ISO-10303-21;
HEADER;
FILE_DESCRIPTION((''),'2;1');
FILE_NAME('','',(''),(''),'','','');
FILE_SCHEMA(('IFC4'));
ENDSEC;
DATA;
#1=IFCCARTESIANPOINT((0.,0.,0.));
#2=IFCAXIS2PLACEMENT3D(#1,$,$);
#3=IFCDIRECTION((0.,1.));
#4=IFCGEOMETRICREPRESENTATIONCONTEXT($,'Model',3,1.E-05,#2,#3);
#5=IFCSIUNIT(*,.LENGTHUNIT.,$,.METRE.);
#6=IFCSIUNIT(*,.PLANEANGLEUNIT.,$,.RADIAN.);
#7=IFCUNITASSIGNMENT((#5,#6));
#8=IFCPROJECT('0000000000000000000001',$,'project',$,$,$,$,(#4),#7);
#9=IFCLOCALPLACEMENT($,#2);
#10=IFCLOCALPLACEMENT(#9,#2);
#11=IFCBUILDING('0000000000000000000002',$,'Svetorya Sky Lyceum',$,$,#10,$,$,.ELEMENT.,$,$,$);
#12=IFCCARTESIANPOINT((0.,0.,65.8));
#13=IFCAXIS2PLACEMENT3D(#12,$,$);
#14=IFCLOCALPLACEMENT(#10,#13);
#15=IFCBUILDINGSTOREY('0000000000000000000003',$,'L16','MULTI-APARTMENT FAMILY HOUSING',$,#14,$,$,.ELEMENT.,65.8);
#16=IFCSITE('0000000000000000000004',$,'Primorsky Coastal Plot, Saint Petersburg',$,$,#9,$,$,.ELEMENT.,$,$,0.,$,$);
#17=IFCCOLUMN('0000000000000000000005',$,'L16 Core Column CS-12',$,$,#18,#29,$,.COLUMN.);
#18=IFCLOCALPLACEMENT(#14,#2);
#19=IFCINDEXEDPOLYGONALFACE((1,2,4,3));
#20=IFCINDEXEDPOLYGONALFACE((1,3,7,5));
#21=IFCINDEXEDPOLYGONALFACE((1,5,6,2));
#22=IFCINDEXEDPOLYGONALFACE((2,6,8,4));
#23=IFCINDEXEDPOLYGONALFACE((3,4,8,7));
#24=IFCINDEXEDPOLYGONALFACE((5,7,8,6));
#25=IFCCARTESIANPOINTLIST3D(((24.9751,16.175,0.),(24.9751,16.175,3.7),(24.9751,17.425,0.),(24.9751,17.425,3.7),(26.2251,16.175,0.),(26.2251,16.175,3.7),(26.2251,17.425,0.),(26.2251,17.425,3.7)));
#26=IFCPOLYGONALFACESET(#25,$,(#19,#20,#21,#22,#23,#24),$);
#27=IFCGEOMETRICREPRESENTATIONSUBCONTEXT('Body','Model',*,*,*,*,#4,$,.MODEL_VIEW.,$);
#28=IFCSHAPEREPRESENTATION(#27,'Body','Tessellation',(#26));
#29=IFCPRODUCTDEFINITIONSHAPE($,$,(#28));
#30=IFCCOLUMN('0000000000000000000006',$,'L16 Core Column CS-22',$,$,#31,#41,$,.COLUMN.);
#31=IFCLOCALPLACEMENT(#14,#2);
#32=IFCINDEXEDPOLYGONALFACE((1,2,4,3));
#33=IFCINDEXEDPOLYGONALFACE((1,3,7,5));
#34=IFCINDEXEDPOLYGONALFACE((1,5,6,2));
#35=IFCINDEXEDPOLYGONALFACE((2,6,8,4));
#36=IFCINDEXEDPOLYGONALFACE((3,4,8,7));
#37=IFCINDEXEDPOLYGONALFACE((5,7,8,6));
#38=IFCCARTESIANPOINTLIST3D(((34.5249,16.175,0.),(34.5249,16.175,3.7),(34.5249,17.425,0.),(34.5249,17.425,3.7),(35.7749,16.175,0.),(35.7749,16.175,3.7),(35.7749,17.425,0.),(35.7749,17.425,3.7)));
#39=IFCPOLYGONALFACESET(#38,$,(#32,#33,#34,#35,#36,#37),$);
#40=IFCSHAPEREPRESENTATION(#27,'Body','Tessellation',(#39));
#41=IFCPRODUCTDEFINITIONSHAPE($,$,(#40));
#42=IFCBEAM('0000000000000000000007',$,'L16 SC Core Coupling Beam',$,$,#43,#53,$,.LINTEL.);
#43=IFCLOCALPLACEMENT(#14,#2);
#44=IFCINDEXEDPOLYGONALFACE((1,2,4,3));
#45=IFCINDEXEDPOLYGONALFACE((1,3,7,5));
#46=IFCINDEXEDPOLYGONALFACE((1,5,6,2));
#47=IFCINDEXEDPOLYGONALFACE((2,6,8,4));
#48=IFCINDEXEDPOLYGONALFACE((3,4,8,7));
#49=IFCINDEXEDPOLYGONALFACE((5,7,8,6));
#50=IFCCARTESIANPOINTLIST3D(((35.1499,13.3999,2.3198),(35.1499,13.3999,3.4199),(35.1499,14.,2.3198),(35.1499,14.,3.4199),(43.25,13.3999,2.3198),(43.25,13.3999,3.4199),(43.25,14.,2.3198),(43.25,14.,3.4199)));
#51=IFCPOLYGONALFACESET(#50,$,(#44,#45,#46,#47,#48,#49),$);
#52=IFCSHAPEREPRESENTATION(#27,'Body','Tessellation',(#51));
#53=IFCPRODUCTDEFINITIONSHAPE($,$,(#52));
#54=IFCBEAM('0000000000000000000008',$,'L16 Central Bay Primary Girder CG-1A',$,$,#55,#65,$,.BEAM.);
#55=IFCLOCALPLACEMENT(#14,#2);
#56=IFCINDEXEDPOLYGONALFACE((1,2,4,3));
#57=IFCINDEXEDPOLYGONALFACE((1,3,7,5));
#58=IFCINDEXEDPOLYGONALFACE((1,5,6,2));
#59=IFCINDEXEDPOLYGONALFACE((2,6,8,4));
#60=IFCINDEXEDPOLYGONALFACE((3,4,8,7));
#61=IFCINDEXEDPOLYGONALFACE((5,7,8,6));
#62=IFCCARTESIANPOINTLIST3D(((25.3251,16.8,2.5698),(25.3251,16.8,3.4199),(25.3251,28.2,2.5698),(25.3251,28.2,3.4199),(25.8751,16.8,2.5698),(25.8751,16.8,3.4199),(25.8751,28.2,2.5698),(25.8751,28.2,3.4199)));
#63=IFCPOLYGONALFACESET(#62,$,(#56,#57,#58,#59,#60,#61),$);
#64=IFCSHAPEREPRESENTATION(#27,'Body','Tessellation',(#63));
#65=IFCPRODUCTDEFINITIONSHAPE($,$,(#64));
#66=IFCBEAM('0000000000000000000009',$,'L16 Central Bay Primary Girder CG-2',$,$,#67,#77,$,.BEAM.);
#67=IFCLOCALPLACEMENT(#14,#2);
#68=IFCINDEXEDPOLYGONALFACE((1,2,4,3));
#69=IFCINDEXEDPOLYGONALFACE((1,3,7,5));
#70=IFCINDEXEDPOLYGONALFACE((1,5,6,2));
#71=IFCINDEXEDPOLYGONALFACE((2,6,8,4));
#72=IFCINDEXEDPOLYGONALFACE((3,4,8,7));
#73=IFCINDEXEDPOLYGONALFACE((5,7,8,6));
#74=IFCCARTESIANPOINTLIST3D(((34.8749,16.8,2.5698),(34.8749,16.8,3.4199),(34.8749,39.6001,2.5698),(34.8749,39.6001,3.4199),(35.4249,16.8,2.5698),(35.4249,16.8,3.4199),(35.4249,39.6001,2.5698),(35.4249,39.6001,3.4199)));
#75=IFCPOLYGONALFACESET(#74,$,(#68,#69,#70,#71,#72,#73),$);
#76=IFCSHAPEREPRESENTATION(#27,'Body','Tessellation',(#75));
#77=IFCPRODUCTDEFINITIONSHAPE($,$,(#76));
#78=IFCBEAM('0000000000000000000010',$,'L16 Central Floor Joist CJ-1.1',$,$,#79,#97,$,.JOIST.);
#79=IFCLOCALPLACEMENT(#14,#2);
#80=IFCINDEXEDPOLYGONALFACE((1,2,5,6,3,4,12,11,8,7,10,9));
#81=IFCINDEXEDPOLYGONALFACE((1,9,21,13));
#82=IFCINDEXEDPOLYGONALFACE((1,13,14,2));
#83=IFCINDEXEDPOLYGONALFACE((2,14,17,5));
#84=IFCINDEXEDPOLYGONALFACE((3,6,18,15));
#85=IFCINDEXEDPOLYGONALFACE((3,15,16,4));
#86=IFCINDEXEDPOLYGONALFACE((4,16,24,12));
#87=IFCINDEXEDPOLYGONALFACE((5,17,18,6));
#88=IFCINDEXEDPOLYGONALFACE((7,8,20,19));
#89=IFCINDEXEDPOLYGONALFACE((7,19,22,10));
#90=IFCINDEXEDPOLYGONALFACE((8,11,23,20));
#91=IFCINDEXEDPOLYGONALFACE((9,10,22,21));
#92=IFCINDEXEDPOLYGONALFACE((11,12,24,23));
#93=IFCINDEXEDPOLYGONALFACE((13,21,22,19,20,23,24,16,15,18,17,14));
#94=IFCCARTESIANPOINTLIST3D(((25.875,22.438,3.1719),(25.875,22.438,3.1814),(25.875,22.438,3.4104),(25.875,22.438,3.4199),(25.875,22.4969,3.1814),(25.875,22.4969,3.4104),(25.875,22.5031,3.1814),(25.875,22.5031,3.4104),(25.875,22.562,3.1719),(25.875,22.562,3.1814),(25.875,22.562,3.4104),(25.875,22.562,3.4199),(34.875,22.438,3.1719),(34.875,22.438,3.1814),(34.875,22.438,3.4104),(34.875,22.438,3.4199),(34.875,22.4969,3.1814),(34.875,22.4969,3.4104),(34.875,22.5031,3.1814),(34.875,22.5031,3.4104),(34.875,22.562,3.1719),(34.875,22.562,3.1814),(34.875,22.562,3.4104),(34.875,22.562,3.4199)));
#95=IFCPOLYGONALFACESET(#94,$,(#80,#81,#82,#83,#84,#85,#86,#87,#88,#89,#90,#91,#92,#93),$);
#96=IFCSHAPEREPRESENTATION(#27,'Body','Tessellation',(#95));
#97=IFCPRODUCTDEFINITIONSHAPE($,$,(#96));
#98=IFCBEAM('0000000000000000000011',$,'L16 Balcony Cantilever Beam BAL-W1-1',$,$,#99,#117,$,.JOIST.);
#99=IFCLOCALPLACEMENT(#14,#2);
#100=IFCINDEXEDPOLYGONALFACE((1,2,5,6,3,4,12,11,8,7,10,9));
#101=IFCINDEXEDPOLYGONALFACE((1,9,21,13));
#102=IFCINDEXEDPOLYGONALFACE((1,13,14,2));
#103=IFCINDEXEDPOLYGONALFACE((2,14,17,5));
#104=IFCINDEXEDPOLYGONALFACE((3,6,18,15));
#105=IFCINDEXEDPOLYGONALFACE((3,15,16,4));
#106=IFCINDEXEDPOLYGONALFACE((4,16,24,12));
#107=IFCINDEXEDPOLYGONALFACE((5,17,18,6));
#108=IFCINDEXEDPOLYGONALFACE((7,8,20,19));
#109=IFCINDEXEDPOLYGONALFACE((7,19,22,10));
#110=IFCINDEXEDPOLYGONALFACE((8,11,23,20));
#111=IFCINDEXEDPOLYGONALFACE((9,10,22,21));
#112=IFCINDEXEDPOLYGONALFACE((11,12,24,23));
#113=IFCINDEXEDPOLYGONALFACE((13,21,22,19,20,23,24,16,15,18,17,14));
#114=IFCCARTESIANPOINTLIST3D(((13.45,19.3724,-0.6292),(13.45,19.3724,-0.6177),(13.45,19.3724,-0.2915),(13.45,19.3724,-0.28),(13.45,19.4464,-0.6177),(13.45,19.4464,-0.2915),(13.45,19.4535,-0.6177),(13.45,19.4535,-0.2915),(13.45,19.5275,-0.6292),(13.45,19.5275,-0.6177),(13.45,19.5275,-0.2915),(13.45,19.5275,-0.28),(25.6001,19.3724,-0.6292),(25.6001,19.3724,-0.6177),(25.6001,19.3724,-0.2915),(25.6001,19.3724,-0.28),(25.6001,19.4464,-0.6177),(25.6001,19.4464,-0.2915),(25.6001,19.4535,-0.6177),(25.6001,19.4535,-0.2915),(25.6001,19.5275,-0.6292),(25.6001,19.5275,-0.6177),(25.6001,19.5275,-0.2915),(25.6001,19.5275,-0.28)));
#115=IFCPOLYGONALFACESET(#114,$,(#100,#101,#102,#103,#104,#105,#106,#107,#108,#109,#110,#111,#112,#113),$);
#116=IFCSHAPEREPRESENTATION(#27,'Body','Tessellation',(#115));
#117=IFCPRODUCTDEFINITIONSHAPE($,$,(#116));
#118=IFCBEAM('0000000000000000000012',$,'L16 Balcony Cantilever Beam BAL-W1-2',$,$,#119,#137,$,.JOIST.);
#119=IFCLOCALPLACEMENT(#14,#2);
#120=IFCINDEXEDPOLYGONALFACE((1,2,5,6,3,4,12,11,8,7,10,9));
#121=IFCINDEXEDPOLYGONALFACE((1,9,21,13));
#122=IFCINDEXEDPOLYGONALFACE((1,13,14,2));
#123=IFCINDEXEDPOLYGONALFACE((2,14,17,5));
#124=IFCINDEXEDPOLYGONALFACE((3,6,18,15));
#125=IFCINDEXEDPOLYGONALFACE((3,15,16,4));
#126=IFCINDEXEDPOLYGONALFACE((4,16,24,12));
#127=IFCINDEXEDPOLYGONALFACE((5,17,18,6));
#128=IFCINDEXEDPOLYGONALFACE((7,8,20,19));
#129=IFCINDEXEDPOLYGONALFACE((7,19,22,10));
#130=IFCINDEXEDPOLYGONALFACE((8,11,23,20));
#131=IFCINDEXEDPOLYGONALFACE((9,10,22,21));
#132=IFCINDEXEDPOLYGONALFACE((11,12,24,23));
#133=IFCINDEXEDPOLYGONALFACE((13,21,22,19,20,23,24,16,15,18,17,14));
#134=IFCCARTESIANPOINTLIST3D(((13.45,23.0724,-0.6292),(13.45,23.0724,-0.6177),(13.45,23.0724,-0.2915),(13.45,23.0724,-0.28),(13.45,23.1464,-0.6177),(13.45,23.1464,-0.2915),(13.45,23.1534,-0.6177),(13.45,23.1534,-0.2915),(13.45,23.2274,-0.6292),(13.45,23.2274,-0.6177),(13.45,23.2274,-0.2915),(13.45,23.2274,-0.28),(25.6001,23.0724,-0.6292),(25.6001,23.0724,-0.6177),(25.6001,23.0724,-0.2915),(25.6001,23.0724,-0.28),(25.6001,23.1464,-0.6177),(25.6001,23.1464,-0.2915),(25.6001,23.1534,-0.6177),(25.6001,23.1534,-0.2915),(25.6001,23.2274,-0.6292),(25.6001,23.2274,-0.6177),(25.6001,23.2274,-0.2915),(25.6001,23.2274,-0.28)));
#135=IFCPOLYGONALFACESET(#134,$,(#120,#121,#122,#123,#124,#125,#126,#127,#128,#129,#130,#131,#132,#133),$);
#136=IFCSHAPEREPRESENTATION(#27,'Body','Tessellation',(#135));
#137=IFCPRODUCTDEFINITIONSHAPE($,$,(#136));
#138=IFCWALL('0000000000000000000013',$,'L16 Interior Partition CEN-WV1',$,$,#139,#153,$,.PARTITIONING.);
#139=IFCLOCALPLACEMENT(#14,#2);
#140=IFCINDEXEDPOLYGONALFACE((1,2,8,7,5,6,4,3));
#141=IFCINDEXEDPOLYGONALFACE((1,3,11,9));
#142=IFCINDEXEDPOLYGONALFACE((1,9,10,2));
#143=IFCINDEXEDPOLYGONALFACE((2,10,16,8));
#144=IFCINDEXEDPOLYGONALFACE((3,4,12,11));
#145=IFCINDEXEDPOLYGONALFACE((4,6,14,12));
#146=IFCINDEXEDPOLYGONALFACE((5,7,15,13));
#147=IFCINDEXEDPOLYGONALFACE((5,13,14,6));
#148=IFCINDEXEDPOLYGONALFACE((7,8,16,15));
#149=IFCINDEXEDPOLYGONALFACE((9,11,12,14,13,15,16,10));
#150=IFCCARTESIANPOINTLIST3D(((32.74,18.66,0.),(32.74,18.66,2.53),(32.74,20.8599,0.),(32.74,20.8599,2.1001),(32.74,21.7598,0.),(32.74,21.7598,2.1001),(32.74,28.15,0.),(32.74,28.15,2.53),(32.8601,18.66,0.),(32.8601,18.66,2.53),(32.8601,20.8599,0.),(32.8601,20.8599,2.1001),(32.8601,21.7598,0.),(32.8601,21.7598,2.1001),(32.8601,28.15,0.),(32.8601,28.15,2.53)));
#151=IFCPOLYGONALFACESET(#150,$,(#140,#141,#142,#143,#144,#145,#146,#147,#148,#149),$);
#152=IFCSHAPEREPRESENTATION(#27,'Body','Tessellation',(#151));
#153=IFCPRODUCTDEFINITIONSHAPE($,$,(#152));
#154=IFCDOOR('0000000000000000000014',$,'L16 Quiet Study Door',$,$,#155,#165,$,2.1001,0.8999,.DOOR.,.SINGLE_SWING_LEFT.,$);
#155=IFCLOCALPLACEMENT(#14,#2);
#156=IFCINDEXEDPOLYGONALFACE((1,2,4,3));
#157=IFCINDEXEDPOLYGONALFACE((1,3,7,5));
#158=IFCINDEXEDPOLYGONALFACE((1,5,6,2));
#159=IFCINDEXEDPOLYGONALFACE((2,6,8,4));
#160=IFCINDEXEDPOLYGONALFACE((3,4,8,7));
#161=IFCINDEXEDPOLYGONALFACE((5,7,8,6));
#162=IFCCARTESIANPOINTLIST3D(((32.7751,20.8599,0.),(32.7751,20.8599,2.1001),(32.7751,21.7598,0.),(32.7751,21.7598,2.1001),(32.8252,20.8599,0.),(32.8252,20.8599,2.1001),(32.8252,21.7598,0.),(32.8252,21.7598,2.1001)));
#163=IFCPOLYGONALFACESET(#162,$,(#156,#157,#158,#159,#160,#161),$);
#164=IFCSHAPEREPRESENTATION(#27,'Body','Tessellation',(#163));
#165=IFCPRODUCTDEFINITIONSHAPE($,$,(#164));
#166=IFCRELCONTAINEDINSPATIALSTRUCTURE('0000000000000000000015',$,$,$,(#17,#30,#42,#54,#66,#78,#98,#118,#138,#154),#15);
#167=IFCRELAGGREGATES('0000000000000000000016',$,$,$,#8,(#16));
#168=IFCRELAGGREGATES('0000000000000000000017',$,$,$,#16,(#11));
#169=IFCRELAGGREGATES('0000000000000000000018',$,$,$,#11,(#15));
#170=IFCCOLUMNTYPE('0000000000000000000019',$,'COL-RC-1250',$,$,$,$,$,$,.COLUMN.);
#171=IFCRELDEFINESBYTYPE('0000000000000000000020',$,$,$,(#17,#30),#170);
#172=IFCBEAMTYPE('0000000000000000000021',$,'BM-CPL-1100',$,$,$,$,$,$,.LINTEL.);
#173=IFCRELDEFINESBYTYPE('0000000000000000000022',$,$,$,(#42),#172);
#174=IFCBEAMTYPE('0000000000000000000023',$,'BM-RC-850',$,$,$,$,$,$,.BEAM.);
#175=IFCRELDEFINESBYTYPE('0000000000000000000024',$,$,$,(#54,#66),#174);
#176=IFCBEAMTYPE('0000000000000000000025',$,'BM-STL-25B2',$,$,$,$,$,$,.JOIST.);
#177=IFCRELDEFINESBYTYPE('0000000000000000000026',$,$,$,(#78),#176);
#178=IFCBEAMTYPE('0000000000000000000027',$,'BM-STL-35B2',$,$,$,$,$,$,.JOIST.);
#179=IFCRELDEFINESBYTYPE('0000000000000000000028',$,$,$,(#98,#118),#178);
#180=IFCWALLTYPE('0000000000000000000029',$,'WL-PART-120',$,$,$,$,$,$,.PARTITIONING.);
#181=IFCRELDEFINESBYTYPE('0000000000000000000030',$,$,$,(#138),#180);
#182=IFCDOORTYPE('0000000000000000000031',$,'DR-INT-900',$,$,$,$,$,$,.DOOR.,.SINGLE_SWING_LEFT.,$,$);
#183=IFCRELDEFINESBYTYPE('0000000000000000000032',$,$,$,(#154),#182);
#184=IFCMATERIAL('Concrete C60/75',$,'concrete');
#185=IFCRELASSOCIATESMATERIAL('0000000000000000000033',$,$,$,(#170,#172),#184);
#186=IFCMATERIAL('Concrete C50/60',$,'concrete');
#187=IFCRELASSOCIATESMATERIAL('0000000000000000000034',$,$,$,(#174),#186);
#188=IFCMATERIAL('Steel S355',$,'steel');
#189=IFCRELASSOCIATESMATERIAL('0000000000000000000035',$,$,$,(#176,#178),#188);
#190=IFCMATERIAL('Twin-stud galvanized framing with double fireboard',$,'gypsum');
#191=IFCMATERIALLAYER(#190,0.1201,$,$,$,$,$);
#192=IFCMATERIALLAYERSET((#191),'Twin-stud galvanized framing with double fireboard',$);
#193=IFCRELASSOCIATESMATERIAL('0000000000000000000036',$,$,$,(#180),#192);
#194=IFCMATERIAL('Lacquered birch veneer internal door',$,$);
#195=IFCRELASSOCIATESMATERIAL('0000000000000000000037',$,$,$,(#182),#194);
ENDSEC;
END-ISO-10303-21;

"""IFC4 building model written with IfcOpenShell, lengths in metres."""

from ifc_helpers import new_model, si_unit, direction, frame, frame_2d, origin, origin_2d, place, context, subcontext, project, spatial, rectangle, i_section, extrude, material, layer, layer_set, material_profile, profile_set, type_object, element, fill, save


model = new_model("IFC4")

# Units and contexts
model_context = context("Model", 3, precision=1e-05, world=origin(), true_north=direction((0.0, 1.0)))
body_context = subcontext(model_context, "Body", "Model", "MODEL_VIEW")
ifc_project = project(units=[si_unit("LENGTHUNIT", "METRE"), si_unit("PLANEANGLEUNIT", "RADIAN")], contexts=[model_context])

# Site, building, storey
site_placement = place(None, origin())
site = spatial("IfcSite", under=ifc_project, at=site_placement, Name="Primorsky Coastal Plot, Saint Petersburg", CompositionType="ELEMENT", RefElevation=0.0)
building_placement = place(site_placement, origin())
building = spatial("IfcBuilding", under=site, at=building_placement, Name="Svetorya Sky Lyceum", CompositionType="ELEMENT")
storey_placement = place(building_placement, frame((0.0, 0.0, 65.8)))
storey = spatial("IfcBuildingStorey", under=building, at=storey_placement, Name="L16", Description="MULTI-APARTMENT FAMILY HOUSING", CompositionType="ELEMENT", Elevation=65.8)

# Columns
ifc_material_1 = material(Name="Concrete C60/75", Category="concrete")
ifc_material_profile_1 = material_profile(ifc_material_1, rectangle(XDim=1.25, YDim=1.25, at=origin_2d()), Name="RC COL 1250x1250")
ifc_profile_set_1 = profile_set([ifc_material_profile_1], Name="Concrete C60/75")
column_type = type_object("IfcColumnType", Name="COL-RC-1250", PredefinedType="COLUMN", material=ifc_profile_set_1)
for number, where, z_axis, x_axis, name in (
    (1, (25.6001, 16.8, 0.0), (0.0, 0.0, 1.0), (1.0, 0.0, 0.0), "L16 Core Column CS-12"),
    (2, (35.1499, 16.8, 0.0), (0.0, 0.0, 1.0), (1.0, 0.0, 0.0), "L16 Core Column CS-22"),
):
    element("IfcColumn", number, at=place(storey_placement, frame(where, z_axis=z_axis, x_axis=x_axis)), inside=storey, type_object=column_type, Name=name, PredefinedType="COLUMN", context=body_context, shape_type="SweptSolid", body=[
        extrude(rectangle(XDim=1.25, YDim=1.25, at=origin_2d()), origin(), (0.0, 0.0, 1.0), 3.7),
    ])

# Beams
ifc_material_profile_2 = material_profile(ifc_material_1, rectangle(XDim=0.6001, YDim=1.1001, at=origin_2d()), Name="RC COUPLING 600x1100")
ifc_profile_set_2 = profile_set([ifc_material_profile_2], Name="Concrete C60/75")
beam_type_1 = type_object("IfcBeamType", Name="BM-CPL-1100", PredefinedType="LINTEL", material=ifc_profile_set_2)
beam_1_placement = place(storey_placement, frame((35.1499, 13.7, 2.8699), z_axis=(1.0, 0.0, 0.0), x_axis=(0.0, 1.0, 0.0)))
element("IfcBeam", 3, at=beam_1_placement, inside=storey, type_object=beam_type_1, Name="L16 SC Core Coupling Beam", PredefinedType="LINTEL", context=body_context, shape_type="SweptSolid", body=[
    extrude(rectangle(XDim=0.6001, YDim=1.1001, at=origin_2d()), origin(), (0.0, 0.0, 1.0), 8.1001),
])
ifc_material_2 = material(Name="Concrete C50/60", Category="concrete")
ifc_material_profile_3 = material_profile(ifc_material_2, rectangle(XDim=0.55, YDim=0.8501, at=origin_2d()), Name="RC BEAM 550x850")
ifc_profile_set_3 = profile_set([ifc_material_profile_3], Name="Concrete C50/60")
beam_type_2 = type_object("IfcBeamType", Name="BM-RC-850", PredefinedType="BEAM", material=ifc_profile_set_3)
beam_2_placement = place(storey_placement, frame((25.6001, 16.8, 2.9949), z_axis=(0.0, 1.0, 0.0), x_axis=(-1.0, 0.0, 0.0)))
element("IfcBeam", 4, at=beam_2_placement, inside=storey, type_object=beam_type_2, Name="L16 Central Bay Primary Girder CG-1A", PredefinedType="BEAM", context=body_context, shape_type="SweptSolid", body=[
    extrude(rectangle(XDim=0.55, YDim=0.8501, at=origin_2d()), origin(), (0.0, 0.0, 1.0), 11.3999),
])
beam_3_placement = place(storey_placement, frame((35.1499, 16.8, 2.9949), z_axis=(0.0, 1.0, 0.0), x_axis=(-1.0, 0.0, 0.0)))
element("IfcBeam", 5, at=beam_3_placement, inside=storey, type_object=beam_type_2, Name="L16 Central Bay Primary Girder CG-2", PredefinedType="BEAM", context=body_context, shape_type="SweptSolid", body=[
    extrude(rectangle(XDim=0.55, YDim=0.8501, at=origin_2d()), origin(), (0.0, 0.0, 1.0), 22.8),
])
ifc_material_3 = material(Name="Steel S355", Category="steel")
ifc_material_profile_4 = material_profile(ifc_material_3, i_section(OverallWidth=0.124, OverallDepth=0.248, WebThickness=0.0061, FlangeThickness=0.0095, at=origin_2d()), Name="GOST 25B2")
ifc_profile_set_4 = profile_set([ifc_material_profile_4], Name="Steel S355")
beam_type_3 = type_object("IfcBeamType", Name="BM-STL-25B2", PredefinedType="JOIST", material=ifc_profile_set_4)
beam_4_placement = place(storey_placement, frame((25.875, 22.5, 3.2959), z_axis=(1.0, 0.0, 0.0), x_axis=(0.0, 1.0, 0.0)))
element("IfcBeam", 6, at=beam_4_placement, inside=storey, type_object=beam_type_3, Name="L16 Central Floor Joist CJ-1.1", PredefinedType="JOIST", context=body_context, shape_type="SweptSolid", body=[
    extrude(i_section(OverallWidth=0.124, OverallDepth=0.248, WebThickness=0.0061, FlangeThickness=0.0095, at=origin_2d()), origin(), (0.0, 0.0, 1.0), 9.0),
])
ifc_material_profile_5 = material_profile(ifc_material_3, i_section(OverallWidth=0.155, OverallDepth=0.3491, WebThickness=0.0071, FlangeThickness=0.0115, at=origin_2d()), Name="GOST 35B2")
ifc_profile_set_5 = profile_set([ifc_material_profile_5], Name="Steel S355")
beam_type_4 = type_object("IfcBeamType", Name="BM-STL-35B2", PredefinedType="JOIST", material=ifc_profile_set_5)
for number, where, z_axis, x_axis, name in (
    (7, (25.6001, 19.45, -0.4546), (-1.0, 0.0, 0.0), (0.0, -1.0, 0.0), "L16 Balcony Cantilever Beam BAL-W1-1"),
    (8, (25.6001, 23.1499, -0.4546), (-1.0, 0.0, 0.0), (0.0, -1.0, 0.0), "L16 Balcony Cantilever Beam BAL-W1-2"),
):
    element("IfcBeam", number, at=place(storey_placement, frame(where, z_axis=z_axis, x_axis=x_axis)), inside=storey, type_object=beam_type_4, Name=name, PredefinedType="JOIST", context=body_context, shape_type="SweptSolid", body=[
        extrude(i_section(OverallWidth=0.155, OverallDepth=0.3491, WebThickness=0.0071, FlangeThickness=0.0115, at=origin_2d()), origin(), (0.0, 0.0, 1.0), 12.1501),
    ])

# Wall, opening, door
ifc_material_4 = material(Name="Twin-stud galvanized framing with double fireboard", Category="gypsum")
ifc_layer_1 = layer(ifc_material_4, 0.1201)
ifc_layer_set_1 = layer_set([ifc_layer_1], Name="Twin-stud galvanized framing with double fireboard")
wall_type_1 = type_object("IfcWallType", Name="WL-PART-120", PredefinedType="PARTITIONING", material=ifc_layer_set_1)
wall_1_placement = place(storey_placement, frame((32.8, 18.6599, 0.0), z_axis=(0.0, 0.0, 1.0), x_axis=(0.0, 1.0, 0.0)))
wall_1 = element("IfcWall", 9, at=wall_1_placement, inside=storey, type_object=wall_type_1, Name="L16 Interior Partition CEN-WV1", PredefinedType="PARTITIONING", context=body_context, shape_type="SweptSolid", body=[
    extrude(rectangle(XDim=9.49, YDim=0.1201, at=frame_2d((4.7451, 0.0))), origin(), (0.0, 0.0, 1.0), 2.53),
])
opening_1_placement = place(wall_1_placement, frame((2.2, 0.0, 0.0)))
opening_1 = element("IfcOpeningElement", 10, at=opening_1_placement, cuts=wall_1, PredefinedType="OPENING", context=body_context, shape_type="SweptSolid", body=[
    extrude(rectangle(XDim=0.8999, YDim=2.1001, at=frame_2d((0.45, 1.05))), frame((0.0, 0.0701, 0.0), z_axis=(0.0, -1.0, 0.0), x_axis=(1.0, 0.0, 0.0)), (0.0, 0.0, 1.0), 0.1401),
])
ifc_material_5 = material(Name="Lacquered birch veneer internal door")
door_type_1 = type_object("IfcDoorType", Name="DR-INT-900", OperationType="SINGLE_SWING_LEFT", PredefinedType="DOOR", material=ifc_material_5)
door_1_placement = place(opening_1_placement, origin())
door_1 = element("IfcDoor", 11, at=door_1_placement, inside=storey, type_object=door_type_1, Name="L16 Quiet Study Door", OperationType="SINGLE_SWING_LEFT", OverallHeight=2.1001, OverallWidth=0.8999, PredefinedType="DOOR", context=body_context, shape_type="SweptSolid", body=[
    extrude(rectangle(XDim=0.8999, YDim=2.1001, at=frame_2d((0.45, 1.05))), frame((0.0, 0.0249, 0.0), z_axis=(0.0, -1.0, 0.0), x_axis=(1.0, 0.0, 0.0)), (0.0, 0.0, 1.0), 0.05),
])
fill(opening_1, door_1)

save(model, "model.ifc")
